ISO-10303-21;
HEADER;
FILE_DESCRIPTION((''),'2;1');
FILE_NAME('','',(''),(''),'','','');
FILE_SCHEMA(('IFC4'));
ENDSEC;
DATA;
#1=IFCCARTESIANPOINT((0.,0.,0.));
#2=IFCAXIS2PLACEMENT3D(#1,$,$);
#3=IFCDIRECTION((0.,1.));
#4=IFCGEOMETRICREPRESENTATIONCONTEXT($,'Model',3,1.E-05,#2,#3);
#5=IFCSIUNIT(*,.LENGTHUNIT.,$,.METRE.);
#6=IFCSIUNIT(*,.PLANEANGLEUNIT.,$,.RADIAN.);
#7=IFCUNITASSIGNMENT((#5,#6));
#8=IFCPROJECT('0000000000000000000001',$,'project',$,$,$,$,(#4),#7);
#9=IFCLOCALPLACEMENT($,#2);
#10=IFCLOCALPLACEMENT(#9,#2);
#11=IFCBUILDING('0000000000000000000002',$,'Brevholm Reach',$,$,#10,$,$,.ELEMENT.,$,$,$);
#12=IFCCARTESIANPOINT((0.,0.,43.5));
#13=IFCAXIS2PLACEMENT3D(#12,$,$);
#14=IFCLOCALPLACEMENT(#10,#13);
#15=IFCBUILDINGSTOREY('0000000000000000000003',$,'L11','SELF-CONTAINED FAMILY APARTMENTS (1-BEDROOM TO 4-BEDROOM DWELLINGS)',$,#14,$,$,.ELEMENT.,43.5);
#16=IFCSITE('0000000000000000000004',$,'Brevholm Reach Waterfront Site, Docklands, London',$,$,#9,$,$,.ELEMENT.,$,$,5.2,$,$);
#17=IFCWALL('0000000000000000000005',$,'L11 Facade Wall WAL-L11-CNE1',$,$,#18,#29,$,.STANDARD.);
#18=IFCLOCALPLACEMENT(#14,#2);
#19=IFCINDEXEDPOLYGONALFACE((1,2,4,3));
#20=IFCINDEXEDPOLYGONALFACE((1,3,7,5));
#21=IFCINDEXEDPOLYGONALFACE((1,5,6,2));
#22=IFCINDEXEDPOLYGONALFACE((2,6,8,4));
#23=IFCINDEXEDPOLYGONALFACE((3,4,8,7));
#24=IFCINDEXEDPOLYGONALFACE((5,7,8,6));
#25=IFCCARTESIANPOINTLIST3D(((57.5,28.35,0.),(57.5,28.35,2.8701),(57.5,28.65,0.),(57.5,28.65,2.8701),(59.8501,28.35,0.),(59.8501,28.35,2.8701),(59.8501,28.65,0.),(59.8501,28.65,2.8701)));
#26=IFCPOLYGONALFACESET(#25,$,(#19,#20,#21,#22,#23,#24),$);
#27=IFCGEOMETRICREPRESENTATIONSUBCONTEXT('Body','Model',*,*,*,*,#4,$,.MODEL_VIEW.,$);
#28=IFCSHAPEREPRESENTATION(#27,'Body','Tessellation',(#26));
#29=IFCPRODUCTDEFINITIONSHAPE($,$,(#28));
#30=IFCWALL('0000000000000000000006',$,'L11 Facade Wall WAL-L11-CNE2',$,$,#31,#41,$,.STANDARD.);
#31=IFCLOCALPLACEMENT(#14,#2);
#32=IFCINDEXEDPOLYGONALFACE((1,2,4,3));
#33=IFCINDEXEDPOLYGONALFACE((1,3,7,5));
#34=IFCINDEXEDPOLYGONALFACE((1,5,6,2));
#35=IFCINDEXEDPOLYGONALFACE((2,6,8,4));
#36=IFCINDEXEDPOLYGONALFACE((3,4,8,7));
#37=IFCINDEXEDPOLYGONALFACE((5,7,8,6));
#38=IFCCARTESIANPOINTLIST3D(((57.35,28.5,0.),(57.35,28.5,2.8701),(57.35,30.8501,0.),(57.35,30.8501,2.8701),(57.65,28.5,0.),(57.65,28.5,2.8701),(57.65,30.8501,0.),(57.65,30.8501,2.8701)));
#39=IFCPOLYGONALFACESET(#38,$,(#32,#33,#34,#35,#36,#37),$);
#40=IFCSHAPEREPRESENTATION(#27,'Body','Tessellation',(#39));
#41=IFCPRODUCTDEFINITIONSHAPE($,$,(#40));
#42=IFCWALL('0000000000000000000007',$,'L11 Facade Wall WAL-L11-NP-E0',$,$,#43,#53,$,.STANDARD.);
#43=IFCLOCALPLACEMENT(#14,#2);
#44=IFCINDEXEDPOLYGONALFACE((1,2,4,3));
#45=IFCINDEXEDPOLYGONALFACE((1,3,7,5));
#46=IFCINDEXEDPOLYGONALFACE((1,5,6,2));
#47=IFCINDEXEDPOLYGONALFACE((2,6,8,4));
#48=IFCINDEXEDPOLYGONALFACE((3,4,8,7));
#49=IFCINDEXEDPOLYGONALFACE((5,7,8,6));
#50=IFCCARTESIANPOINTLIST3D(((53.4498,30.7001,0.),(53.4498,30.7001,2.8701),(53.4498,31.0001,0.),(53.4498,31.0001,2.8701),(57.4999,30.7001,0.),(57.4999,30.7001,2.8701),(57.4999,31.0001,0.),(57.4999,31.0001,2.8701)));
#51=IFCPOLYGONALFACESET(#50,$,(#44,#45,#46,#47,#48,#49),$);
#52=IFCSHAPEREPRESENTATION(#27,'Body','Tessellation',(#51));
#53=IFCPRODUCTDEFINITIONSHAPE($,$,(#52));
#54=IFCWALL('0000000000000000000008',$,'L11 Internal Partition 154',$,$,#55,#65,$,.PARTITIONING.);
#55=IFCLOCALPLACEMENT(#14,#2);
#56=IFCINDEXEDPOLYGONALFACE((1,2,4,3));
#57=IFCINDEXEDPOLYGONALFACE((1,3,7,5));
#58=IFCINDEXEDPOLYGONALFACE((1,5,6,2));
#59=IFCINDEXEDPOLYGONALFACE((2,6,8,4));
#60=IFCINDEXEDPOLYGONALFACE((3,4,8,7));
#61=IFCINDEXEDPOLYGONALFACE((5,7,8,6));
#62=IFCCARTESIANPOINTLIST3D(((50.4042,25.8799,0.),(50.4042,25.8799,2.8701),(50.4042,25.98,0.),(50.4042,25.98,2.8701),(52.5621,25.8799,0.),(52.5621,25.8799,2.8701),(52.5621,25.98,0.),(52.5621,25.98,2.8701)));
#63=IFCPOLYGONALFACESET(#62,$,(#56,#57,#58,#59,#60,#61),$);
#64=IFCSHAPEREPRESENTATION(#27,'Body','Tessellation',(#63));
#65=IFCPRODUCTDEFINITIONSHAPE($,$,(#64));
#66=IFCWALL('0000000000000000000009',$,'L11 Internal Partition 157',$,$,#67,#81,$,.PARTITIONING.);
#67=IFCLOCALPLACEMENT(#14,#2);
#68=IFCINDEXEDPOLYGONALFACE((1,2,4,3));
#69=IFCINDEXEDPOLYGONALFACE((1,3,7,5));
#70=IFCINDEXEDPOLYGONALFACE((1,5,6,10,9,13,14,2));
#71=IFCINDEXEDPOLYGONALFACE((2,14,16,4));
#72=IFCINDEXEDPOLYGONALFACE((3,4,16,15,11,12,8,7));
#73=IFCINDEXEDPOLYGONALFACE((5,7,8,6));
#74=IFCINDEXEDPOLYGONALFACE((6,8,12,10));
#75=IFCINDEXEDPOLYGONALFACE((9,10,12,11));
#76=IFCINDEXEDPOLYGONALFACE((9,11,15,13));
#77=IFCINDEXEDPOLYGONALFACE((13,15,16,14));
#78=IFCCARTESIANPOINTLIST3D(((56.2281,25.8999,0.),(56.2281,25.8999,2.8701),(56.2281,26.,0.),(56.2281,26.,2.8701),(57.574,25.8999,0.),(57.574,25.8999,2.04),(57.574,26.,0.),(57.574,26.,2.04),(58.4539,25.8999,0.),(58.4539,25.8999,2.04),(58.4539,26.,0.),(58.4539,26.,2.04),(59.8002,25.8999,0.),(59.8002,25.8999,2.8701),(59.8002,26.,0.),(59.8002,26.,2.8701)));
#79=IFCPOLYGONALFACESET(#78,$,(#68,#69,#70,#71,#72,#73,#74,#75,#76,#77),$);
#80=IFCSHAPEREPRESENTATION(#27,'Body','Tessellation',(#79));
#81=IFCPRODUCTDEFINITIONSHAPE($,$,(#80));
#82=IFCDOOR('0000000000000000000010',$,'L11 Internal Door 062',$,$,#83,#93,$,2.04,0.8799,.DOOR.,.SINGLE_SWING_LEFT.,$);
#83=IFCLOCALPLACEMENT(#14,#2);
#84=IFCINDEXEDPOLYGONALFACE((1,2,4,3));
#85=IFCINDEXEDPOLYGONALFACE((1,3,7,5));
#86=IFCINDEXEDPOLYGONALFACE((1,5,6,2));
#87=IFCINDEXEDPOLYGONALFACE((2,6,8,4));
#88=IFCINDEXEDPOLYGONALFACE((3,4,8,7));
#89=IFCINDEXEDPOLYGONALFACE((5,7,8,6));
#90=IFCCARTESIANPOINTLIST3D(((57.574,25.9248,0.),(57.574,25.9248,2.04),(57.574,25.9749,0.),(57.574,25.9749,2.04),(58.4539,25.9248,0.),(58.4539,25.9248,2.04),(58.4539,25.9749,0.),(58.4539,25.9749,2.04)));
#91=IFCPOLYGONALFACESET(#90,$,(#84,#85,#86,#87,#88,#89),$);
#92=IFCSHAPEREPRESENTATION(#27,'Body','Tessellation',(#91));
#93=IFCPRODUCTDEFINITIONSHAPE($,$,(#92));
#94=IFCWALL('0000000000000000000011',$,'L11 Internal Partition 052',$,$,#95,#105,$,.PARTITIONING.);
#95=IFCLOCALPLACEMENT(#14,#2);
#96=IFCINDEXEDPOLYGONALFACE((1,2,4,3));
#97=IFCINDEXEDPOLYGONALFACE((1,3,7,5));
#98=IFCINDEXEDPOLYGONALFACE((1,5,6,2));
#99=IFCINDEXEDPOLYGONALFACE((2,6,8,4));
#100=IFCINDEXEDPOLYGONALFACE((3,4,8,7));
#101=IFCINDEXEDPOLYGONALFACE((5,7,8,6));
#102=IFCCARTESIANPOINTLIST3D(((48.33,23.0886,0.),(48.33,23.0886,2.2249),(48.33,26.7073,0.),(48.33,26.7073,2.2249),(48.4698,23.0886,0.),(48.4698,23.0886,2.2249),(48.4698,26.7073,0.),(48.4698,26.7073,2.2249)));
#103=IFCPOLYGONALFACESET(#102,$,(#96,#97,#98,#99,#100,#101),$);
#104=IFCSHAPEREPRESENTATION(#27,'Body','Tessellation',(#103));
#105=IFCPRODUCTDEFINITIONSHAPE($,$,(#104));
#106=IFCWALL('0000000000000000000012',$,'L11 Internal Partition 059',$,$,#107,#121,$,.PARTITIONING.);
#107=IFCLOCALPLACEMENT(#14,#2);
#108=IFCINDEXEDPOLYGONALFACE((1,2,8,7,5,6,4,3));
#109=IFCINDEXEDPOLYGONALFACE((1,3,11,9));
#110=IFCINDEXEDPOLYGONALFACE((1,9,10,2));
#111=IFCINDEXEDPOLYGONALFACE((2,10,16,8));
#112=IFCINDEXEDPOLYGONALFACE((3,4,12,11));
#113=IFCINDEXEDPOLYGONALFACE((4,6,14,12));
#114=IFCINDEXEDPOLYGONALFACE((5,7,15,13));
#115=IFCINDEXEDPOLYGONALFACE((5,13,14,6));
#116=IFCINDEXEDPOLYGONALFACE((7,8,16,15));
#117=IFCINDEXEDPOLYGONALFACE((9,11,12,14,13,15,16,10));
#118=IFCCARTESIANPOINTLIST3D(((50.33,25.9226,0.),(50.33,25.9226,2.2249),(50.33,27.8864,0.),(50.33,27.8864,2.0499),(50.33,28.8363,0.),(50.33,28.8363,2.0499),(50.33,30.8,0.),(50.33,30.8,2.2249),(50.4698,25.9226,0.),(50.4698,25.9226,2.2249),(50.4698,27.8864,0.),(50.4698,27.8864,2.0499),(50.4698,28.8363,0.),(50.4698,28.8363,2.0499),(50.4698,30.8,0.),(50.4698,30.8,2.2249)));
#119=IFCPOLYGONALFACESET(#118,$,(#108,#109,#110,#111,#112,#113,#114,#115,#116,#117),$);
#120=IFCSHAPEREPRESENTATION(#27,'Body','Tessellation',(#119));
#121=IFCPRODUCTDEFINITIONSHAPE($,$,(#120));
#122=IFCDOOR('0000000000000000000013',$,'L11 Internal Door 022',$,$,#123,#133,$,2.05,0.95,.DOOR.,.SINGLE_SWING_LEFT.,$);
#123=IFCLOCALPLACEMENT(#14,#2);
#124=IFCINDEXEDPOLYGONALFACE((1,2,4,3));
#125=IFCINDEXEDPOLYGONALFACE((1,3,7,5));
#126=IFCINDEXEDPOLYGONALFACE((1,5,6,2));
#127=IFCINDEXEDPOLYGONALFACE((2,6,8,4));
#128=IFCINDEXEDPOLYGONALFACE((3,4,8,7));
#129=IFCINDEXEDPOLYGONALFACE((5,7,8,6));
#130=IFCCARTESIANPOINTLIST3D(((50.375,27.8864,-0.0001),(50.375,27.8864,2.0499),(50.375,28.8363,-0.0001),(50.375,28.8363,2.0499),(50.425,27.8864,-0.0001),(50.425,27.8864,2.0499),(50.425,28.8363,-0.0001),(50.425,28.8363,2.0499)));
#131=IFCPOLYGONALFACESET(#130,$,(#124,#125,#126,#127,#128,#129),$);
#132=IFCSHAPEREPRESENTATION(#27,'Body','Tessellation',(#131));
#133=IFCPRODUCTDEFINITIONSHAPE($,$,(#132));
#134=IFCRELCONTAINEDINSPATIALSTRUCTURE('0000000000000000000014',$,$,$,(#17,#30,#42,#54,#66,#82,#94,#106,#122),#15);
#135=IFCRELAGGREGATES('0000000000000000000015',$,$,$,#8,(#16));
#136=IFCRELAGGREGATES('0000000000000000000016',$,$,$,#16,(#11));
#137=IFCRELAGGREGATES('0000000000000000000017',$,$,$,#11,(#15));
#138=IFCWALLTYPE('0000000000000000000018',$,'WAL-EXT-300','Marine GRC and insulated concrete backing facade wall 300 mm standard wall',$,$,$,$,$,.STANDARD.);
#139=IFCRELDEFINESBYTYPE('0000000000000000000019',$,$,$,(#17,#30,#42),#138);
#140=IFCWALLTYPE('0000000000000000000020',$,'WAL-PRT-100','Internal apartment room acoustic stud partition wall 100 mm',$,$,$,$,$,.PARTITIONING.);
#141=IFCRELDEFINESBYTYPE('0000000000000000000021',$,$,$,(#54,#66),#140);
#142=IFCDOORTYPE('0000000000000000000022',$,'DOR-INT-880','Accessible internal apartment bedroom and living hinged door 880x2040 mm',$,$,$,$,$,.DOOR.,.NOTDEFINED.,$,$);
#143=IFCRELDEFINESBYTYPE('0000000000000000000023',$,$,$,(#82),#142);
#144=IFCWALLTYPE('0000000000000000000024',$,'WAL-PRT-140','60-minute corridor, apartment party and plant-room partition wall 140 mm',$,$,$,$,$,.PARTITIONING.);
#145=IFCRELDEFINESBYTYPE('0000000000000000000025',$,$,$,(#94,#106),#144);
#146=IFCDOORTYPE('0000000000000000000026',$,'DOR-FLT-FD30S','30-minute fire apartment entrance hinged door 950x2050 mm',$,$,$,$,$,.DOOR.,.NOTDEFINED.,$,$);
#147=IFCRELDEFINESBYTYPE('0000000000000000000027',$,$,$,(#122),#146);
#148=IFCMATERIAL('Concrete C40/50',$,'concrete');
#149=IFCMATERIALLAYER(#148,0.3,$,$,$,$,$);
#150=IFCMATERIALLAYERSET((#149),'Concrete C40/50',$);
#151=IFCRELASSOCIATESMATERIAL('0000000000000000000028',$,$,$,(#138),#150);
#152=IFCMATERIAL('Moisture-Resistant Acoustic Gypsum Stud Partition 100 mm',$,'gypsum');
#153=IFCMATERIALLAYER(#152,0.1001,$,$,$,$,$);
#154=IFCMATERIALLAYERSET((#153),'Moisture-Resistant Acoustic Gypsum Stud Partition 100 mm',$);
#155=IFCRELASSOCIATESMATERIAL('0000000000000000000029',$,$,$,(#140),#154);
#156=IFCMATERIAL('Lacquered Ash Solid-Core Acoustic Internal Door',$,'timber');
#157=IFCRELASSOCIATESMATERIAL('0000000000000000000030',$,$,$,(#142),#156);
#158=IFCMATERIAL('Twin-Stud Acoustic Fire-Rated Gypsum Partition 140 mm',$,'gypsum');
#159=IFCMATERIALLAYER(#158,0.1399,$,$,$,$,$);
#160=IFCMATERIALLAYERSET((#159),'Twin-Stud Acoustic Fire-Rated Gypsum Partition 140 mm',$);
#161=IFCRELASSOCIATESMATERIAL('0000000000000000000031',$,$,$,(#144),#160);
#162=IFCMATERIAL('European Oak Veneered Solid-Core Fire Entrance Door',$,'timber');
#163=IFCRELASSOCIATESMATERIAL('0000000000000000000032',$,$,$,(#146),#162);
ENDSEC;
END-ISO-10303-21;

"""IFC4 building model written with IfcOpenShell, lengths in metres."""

from ifc_helpers import new_model, si_unit, direction, frame, frame_2d, origin, place, context, subcontext, project, spatial, rectangle, extrude, material, layer, layer_set, type_object, element, fill, save


model = new_model("IFC4")

# Units and contexts
model_context = context("Model", 3, precision=1e-05, world=origin(), true_north=direction((0.0, 1.0)))
body_context = subcontext(model_context, "Body", "Model", "MODEL_VIEW")
ifc_project = project(units=[si_unit("LENGTHUNIT", "METRE"), si_unit("PLANEANGLEUNIT", "RADIAN")], contexts=[model_context])

# Site, building, storey
site_placement = place(None, origin())
site = spatial("IfcSite", under=ifc_project, at=site_placement, Name="Brevholm Reach Waterfront Site, Docklands, London", CompositionType="ELEMENT", RefElevation=5.2)
building_placement = place(site_placement, origin())
building = spatial("IfcBuilding", under=site, at=building_placement, Name="Brevholm Reach", CompositionType="ELEMENT")
storey_placement = place(building_placement, frame((0.0, 0.0, 43.5)))
storey = spatial("IfcBuildingStorey", under=building, at=storey_placement, Name="L11", Description="SELF-CONTAINED FAMILY APARTMENTS (1-BEDROOM TO 4-BEDROOM DWELLINGS)", CompositionType="ELEMENT", Elevation=43.5)

# Walls
ifc_material_1 = material(Name="Concrete C40/50", Category="concrete")
ifc_layer_1 = layer(ifc_material_1, 0.3)
ifc_layer_set_1 = layer_set([ifc_layer_1], Name="Concrete C40/50")
wall_type_1 = type_object("IfcWallType", Name="WAL-EXT-300", Description="Marine GRC and insulated concrete backing facade wall 300 mm standard wall", PredefinedType="STANDARD", material=ifc_layer_set_1)
for number, where, z_axis, x_axis, name in (
    (1, (59.8501, 28.5, 0.0), (0.0, 0.0, 1.0), (-1.0, 0.0, 0.0), "L11 Facade Wall WAL-L11-CNE1"),
    (2, (57.5, 28.5, 0.0), (0.0, 0.0, 1.0), (0.0, 1.0, 0.0), "L11 Facade Wall WAL-L11-CNE2"),
):
    element("IfcWall", number, at=place(storey_placement, frame(where, z_axis=z_axis, x_axis=x_axis)), inside=storey, type_object=wall_type_1, Name=name, PredefinedType="STANDARD", context=body_context, shape_type="SweptSolid", body=[
        extrude(rectangle(XDim=2.3501, YDim=0.3, at=frame_2d((1.175, 0.0))), origin(), (0.0, 0.0, 1.0), 2.8701),
    ])
wall_1_placement = place(storey_placement, frame((53.45, 30.8501, 0.0), z_axis=(0.0, 0.0, 1.0), x_axis=(1.0, 0.0, 0.0)))
element("IfcWall", 3, at=wall_1_placement, inside=storey, type_object=wall_type_1, Name="L11 Facade Wall WAL-L11-NP-E0", PredefinedType="STANDARD", context=body_context, shape_type="SweptSolid", body=[
    extrude(rectangle(XDim=4.05, YDim=0.3, at=frame_2d((2.0249, 0.0))), origin(), (0.0, 0.0, 1.0), 2.8701),
])
ifc_material_2 = material(Name="Moisture-Resistant Acoustic Gypsum Stud Partition 100 mm", Category="gypsum")
ifc_layer_2 = layer(ifc_material_2, 0.1001)
ifc_layer_set_2 = layer_set([ifc_layer_2], Name="Moisture-Resistant Acoustic Gypsum Stud Partition 100 mm")
wall_type_2 = type_object("IfcWallType", Name="WAL-PRT-100", Description="Internal apartment room acoustic stud partition wall 100 mm", PredefinedType="PARTITIONING", material=ifc_layer_set_2)
wall_2_placement = place(storey_placement, frame((50.4041, 25.9299, 0.0), z_axis=(0.0, 0.0, 1.0), x_axis=(1.0, 0.0, 0.0)))
element("IfcWall", 4, at=wall_2_placement, inside=storey, type_object=wall_type_2, Name="L11 Internal Partition 154", PredefinedType="PARTITIONING", context=body_context, shape_type="SweptSolid", body=[
    extrude(rectangle(XDim=2.158, YDim=0.1001, at=frame_2d((1.0791, 0.0))), origin(), (0.0, 0.0, 1.0), 2.8701),
])

# Wall, opening, door
wall_3_placement = place(storey_placement, frame((56.228, 25.95, 0.0), z_axis=(0.0, 0.0, 1.0), x_axis=(1.0, 0.0, 0.0)))
wall_3 = element("IfcWall", 5, at=wall_3_placement, inside=storey, type_object=wall_type_2, Name="L11 Internal Partition 157", PredefinedType="PARTITIONING", context=body_context, shape_type="SweptSolid", body=[
    extrude(rectangle(XDim=3.572, YDim=0.1001, at=frame_2d((1.7861, 0.0))), origin(), (0.0, 0.0, 1.0), 2.8701),
])
opening_1_placement = place(wall_3_placement, frame((1.3459, 0.0, 0.0)))
opening_1 = element("IfcOpeningElement", 6, at=opening_1_placement, cuts=wall_3, PredefinedType="OPENING", context=body_context, shape_type="SweptSolid", body=[
    extrude(rectangle(XDim=0.8799, YDim=2.04, at=frame_2d((0.4399, 1.02))), frame((0.0, 0.0601, 0.0), z_axis=(0.0, -1.0, 0.0), x_axis=(1.0, 0.0, 0.0)), (0.0, 0.0, 1.0), 0.1201),
])
ifc_material_3 = material(Name="Lacquered Ash Solid-Core Acoustic Internal Door", Category="timber")
door_type_1 = type_object("IfcDoorType", Name="DOR-INT-880", Description="Accessible internal apartment bedroom and living hinged door 880x2040 mm", OperationType="NOTDEFINED", PredefinedType="DOOR", material=ifc_material_3)
door_1_placement = place(opening_1_placement, origin())
door_1 = element("IfcDoor", 7, at=door_1_placement, inside=storey, type_object=door_type_1, Name="L11 Internal Door 062", OperationType="SINGLE_SWING_LEFT", OverallHeight=2.04, OverallWidth=0.8799, PredefinedType="DOOR", context=body_context, shape_type="SweptSolid", body=[
    extrude(rectangle(XDim=0.8799, YDim=2.04, at=frame_2d((0.4399, 1.02))), frame((0.0, 0.0249, 0.0), z_axis=(0.0, -1.0, 0.0), x_axis=(1.0, 0.0, 0.0)), (0.0, 0.0, 1.0), 0.05),
])
fill(opening_1, door_1)

# Wall
ifc_material_4 = material(Name="Twin-Stud Acoustic Fire-Rated Gypsum Partition 140 mm", Category="gypsum")
ifc_layer_3 = layer(ifc_material_4, 0.1399)
ifc_layer_set_3 = layer_set([ifc_layer_3], Name="Twin-Stud Acoustic Fire-Rated Gypsum Partition 140 mm")
wall_type_3 = type_object("IfcWallType", Name="WAL-PRT-140", Description="60-minute corridor, apartment party and plant-room partition wall 140 mm", PredefinedType="PARTITIONING", material=ifc_layer_set_3)
wall_4_placement = place(storey_placement, frame((48.3999, 23.0886, 0.0), z_axis=(0.0, 0.0, 1.0), x_axis=(0.0, 1.0, 0.0)))
element("IfcWall", 8, at=wall_4_placement, inside=storey, type_object=wall_type_3, Name="L11 Internal Partition 052", PredefinedType="PARTITIONING", context=body_context, shape_type="SweptSolid", body=[
    extrude(rectangle(XDim=3.6187, YDim=0.1399, at=frame_2d((1.8093, 0.0))), origin(), (0.0, 0.0, 1.0), 2.2249),
])

# Wall, opening, door
wall_5_placement = place(storey_placement, frame((50.3999, 25.9226, 0.0), z_axis=(0.0, 0.0, 1.0), x_axis=(0.0, 1.0, 0.0)))
wall_5 = element("IfcWall", 9, at=wall_5_placement, inside=storey, type_object=wall_type_3, Name="L11 Internal Partition 059", PredefinedType="PARTITIONING", context=body_context, shape_type="SweptSolid", body=[
    extrude(rectangle(XDim=4.8774, YDim=0.1399, at=frame_2d((2.4387, 0.0))), origin(), (0.0, 0.0, 1.0), 2.2249),
])
opening_2_placement = place(wall_5_placement, frame((1.9636, 0.0, 0.0)))
opening_2 = element("IfcOpeningElement", 10, at=opening_2_placement, cuts=wall_5, PredefinedType="OPENING", context=body_context, shape_type="SweptSolid", body=[
    extrude(rectangle(XDim=0.95, YDim=2.05, at=frame_2d((0.4751, 1.0249))), frame((0.0, 0.0798, 0.0), z_axis=(0.0, -1.0, 0.0), x_axis=(1.0, 0.0, 0.0)), (0.0, 0.0, 1.0), 0.1599),
])
ifc_material_5 = material(Name="European Oak Veneered Solid-Core Fire Entrance Door", Category="timber")
door_type_2 = type_object("IfcDoorType", Name="DOR-FLT-FD30S", Description="30-minute fire apartment entrance hinged door 950x2050 mm", OperationType="NOTDEFINED", PredefinedType="DOOR", material=ifc_material_5)
door_2_placement = place(opening_2_placement, origin())
door_2 = element("IfcDoor", 11, at=door_2_placement, inside=storey, type_object=door_type_2, Name="L11 Internal Door 022", OperationType="SINGLE_SWING_LEFT", OverallHeight=2.05, OverallWidth=0.95, PredefinedType="DOOR", context=body_context, shape_type="SweptSolid", body=[
    extrude(rectangle(XDim=0.95, YDim=2.05, at=frame_2d((0.4751, 1.0249))), frame((0.0, 0.0249, 0.0), z_axis=(0.0, -1.0, 0.0), x_axis=(1.0, 0.0, 0.0)), (0.0, 0.0, 1.0), 0.05),
])
fill(opening_2, door_2)

save(model, "model.ifc")
